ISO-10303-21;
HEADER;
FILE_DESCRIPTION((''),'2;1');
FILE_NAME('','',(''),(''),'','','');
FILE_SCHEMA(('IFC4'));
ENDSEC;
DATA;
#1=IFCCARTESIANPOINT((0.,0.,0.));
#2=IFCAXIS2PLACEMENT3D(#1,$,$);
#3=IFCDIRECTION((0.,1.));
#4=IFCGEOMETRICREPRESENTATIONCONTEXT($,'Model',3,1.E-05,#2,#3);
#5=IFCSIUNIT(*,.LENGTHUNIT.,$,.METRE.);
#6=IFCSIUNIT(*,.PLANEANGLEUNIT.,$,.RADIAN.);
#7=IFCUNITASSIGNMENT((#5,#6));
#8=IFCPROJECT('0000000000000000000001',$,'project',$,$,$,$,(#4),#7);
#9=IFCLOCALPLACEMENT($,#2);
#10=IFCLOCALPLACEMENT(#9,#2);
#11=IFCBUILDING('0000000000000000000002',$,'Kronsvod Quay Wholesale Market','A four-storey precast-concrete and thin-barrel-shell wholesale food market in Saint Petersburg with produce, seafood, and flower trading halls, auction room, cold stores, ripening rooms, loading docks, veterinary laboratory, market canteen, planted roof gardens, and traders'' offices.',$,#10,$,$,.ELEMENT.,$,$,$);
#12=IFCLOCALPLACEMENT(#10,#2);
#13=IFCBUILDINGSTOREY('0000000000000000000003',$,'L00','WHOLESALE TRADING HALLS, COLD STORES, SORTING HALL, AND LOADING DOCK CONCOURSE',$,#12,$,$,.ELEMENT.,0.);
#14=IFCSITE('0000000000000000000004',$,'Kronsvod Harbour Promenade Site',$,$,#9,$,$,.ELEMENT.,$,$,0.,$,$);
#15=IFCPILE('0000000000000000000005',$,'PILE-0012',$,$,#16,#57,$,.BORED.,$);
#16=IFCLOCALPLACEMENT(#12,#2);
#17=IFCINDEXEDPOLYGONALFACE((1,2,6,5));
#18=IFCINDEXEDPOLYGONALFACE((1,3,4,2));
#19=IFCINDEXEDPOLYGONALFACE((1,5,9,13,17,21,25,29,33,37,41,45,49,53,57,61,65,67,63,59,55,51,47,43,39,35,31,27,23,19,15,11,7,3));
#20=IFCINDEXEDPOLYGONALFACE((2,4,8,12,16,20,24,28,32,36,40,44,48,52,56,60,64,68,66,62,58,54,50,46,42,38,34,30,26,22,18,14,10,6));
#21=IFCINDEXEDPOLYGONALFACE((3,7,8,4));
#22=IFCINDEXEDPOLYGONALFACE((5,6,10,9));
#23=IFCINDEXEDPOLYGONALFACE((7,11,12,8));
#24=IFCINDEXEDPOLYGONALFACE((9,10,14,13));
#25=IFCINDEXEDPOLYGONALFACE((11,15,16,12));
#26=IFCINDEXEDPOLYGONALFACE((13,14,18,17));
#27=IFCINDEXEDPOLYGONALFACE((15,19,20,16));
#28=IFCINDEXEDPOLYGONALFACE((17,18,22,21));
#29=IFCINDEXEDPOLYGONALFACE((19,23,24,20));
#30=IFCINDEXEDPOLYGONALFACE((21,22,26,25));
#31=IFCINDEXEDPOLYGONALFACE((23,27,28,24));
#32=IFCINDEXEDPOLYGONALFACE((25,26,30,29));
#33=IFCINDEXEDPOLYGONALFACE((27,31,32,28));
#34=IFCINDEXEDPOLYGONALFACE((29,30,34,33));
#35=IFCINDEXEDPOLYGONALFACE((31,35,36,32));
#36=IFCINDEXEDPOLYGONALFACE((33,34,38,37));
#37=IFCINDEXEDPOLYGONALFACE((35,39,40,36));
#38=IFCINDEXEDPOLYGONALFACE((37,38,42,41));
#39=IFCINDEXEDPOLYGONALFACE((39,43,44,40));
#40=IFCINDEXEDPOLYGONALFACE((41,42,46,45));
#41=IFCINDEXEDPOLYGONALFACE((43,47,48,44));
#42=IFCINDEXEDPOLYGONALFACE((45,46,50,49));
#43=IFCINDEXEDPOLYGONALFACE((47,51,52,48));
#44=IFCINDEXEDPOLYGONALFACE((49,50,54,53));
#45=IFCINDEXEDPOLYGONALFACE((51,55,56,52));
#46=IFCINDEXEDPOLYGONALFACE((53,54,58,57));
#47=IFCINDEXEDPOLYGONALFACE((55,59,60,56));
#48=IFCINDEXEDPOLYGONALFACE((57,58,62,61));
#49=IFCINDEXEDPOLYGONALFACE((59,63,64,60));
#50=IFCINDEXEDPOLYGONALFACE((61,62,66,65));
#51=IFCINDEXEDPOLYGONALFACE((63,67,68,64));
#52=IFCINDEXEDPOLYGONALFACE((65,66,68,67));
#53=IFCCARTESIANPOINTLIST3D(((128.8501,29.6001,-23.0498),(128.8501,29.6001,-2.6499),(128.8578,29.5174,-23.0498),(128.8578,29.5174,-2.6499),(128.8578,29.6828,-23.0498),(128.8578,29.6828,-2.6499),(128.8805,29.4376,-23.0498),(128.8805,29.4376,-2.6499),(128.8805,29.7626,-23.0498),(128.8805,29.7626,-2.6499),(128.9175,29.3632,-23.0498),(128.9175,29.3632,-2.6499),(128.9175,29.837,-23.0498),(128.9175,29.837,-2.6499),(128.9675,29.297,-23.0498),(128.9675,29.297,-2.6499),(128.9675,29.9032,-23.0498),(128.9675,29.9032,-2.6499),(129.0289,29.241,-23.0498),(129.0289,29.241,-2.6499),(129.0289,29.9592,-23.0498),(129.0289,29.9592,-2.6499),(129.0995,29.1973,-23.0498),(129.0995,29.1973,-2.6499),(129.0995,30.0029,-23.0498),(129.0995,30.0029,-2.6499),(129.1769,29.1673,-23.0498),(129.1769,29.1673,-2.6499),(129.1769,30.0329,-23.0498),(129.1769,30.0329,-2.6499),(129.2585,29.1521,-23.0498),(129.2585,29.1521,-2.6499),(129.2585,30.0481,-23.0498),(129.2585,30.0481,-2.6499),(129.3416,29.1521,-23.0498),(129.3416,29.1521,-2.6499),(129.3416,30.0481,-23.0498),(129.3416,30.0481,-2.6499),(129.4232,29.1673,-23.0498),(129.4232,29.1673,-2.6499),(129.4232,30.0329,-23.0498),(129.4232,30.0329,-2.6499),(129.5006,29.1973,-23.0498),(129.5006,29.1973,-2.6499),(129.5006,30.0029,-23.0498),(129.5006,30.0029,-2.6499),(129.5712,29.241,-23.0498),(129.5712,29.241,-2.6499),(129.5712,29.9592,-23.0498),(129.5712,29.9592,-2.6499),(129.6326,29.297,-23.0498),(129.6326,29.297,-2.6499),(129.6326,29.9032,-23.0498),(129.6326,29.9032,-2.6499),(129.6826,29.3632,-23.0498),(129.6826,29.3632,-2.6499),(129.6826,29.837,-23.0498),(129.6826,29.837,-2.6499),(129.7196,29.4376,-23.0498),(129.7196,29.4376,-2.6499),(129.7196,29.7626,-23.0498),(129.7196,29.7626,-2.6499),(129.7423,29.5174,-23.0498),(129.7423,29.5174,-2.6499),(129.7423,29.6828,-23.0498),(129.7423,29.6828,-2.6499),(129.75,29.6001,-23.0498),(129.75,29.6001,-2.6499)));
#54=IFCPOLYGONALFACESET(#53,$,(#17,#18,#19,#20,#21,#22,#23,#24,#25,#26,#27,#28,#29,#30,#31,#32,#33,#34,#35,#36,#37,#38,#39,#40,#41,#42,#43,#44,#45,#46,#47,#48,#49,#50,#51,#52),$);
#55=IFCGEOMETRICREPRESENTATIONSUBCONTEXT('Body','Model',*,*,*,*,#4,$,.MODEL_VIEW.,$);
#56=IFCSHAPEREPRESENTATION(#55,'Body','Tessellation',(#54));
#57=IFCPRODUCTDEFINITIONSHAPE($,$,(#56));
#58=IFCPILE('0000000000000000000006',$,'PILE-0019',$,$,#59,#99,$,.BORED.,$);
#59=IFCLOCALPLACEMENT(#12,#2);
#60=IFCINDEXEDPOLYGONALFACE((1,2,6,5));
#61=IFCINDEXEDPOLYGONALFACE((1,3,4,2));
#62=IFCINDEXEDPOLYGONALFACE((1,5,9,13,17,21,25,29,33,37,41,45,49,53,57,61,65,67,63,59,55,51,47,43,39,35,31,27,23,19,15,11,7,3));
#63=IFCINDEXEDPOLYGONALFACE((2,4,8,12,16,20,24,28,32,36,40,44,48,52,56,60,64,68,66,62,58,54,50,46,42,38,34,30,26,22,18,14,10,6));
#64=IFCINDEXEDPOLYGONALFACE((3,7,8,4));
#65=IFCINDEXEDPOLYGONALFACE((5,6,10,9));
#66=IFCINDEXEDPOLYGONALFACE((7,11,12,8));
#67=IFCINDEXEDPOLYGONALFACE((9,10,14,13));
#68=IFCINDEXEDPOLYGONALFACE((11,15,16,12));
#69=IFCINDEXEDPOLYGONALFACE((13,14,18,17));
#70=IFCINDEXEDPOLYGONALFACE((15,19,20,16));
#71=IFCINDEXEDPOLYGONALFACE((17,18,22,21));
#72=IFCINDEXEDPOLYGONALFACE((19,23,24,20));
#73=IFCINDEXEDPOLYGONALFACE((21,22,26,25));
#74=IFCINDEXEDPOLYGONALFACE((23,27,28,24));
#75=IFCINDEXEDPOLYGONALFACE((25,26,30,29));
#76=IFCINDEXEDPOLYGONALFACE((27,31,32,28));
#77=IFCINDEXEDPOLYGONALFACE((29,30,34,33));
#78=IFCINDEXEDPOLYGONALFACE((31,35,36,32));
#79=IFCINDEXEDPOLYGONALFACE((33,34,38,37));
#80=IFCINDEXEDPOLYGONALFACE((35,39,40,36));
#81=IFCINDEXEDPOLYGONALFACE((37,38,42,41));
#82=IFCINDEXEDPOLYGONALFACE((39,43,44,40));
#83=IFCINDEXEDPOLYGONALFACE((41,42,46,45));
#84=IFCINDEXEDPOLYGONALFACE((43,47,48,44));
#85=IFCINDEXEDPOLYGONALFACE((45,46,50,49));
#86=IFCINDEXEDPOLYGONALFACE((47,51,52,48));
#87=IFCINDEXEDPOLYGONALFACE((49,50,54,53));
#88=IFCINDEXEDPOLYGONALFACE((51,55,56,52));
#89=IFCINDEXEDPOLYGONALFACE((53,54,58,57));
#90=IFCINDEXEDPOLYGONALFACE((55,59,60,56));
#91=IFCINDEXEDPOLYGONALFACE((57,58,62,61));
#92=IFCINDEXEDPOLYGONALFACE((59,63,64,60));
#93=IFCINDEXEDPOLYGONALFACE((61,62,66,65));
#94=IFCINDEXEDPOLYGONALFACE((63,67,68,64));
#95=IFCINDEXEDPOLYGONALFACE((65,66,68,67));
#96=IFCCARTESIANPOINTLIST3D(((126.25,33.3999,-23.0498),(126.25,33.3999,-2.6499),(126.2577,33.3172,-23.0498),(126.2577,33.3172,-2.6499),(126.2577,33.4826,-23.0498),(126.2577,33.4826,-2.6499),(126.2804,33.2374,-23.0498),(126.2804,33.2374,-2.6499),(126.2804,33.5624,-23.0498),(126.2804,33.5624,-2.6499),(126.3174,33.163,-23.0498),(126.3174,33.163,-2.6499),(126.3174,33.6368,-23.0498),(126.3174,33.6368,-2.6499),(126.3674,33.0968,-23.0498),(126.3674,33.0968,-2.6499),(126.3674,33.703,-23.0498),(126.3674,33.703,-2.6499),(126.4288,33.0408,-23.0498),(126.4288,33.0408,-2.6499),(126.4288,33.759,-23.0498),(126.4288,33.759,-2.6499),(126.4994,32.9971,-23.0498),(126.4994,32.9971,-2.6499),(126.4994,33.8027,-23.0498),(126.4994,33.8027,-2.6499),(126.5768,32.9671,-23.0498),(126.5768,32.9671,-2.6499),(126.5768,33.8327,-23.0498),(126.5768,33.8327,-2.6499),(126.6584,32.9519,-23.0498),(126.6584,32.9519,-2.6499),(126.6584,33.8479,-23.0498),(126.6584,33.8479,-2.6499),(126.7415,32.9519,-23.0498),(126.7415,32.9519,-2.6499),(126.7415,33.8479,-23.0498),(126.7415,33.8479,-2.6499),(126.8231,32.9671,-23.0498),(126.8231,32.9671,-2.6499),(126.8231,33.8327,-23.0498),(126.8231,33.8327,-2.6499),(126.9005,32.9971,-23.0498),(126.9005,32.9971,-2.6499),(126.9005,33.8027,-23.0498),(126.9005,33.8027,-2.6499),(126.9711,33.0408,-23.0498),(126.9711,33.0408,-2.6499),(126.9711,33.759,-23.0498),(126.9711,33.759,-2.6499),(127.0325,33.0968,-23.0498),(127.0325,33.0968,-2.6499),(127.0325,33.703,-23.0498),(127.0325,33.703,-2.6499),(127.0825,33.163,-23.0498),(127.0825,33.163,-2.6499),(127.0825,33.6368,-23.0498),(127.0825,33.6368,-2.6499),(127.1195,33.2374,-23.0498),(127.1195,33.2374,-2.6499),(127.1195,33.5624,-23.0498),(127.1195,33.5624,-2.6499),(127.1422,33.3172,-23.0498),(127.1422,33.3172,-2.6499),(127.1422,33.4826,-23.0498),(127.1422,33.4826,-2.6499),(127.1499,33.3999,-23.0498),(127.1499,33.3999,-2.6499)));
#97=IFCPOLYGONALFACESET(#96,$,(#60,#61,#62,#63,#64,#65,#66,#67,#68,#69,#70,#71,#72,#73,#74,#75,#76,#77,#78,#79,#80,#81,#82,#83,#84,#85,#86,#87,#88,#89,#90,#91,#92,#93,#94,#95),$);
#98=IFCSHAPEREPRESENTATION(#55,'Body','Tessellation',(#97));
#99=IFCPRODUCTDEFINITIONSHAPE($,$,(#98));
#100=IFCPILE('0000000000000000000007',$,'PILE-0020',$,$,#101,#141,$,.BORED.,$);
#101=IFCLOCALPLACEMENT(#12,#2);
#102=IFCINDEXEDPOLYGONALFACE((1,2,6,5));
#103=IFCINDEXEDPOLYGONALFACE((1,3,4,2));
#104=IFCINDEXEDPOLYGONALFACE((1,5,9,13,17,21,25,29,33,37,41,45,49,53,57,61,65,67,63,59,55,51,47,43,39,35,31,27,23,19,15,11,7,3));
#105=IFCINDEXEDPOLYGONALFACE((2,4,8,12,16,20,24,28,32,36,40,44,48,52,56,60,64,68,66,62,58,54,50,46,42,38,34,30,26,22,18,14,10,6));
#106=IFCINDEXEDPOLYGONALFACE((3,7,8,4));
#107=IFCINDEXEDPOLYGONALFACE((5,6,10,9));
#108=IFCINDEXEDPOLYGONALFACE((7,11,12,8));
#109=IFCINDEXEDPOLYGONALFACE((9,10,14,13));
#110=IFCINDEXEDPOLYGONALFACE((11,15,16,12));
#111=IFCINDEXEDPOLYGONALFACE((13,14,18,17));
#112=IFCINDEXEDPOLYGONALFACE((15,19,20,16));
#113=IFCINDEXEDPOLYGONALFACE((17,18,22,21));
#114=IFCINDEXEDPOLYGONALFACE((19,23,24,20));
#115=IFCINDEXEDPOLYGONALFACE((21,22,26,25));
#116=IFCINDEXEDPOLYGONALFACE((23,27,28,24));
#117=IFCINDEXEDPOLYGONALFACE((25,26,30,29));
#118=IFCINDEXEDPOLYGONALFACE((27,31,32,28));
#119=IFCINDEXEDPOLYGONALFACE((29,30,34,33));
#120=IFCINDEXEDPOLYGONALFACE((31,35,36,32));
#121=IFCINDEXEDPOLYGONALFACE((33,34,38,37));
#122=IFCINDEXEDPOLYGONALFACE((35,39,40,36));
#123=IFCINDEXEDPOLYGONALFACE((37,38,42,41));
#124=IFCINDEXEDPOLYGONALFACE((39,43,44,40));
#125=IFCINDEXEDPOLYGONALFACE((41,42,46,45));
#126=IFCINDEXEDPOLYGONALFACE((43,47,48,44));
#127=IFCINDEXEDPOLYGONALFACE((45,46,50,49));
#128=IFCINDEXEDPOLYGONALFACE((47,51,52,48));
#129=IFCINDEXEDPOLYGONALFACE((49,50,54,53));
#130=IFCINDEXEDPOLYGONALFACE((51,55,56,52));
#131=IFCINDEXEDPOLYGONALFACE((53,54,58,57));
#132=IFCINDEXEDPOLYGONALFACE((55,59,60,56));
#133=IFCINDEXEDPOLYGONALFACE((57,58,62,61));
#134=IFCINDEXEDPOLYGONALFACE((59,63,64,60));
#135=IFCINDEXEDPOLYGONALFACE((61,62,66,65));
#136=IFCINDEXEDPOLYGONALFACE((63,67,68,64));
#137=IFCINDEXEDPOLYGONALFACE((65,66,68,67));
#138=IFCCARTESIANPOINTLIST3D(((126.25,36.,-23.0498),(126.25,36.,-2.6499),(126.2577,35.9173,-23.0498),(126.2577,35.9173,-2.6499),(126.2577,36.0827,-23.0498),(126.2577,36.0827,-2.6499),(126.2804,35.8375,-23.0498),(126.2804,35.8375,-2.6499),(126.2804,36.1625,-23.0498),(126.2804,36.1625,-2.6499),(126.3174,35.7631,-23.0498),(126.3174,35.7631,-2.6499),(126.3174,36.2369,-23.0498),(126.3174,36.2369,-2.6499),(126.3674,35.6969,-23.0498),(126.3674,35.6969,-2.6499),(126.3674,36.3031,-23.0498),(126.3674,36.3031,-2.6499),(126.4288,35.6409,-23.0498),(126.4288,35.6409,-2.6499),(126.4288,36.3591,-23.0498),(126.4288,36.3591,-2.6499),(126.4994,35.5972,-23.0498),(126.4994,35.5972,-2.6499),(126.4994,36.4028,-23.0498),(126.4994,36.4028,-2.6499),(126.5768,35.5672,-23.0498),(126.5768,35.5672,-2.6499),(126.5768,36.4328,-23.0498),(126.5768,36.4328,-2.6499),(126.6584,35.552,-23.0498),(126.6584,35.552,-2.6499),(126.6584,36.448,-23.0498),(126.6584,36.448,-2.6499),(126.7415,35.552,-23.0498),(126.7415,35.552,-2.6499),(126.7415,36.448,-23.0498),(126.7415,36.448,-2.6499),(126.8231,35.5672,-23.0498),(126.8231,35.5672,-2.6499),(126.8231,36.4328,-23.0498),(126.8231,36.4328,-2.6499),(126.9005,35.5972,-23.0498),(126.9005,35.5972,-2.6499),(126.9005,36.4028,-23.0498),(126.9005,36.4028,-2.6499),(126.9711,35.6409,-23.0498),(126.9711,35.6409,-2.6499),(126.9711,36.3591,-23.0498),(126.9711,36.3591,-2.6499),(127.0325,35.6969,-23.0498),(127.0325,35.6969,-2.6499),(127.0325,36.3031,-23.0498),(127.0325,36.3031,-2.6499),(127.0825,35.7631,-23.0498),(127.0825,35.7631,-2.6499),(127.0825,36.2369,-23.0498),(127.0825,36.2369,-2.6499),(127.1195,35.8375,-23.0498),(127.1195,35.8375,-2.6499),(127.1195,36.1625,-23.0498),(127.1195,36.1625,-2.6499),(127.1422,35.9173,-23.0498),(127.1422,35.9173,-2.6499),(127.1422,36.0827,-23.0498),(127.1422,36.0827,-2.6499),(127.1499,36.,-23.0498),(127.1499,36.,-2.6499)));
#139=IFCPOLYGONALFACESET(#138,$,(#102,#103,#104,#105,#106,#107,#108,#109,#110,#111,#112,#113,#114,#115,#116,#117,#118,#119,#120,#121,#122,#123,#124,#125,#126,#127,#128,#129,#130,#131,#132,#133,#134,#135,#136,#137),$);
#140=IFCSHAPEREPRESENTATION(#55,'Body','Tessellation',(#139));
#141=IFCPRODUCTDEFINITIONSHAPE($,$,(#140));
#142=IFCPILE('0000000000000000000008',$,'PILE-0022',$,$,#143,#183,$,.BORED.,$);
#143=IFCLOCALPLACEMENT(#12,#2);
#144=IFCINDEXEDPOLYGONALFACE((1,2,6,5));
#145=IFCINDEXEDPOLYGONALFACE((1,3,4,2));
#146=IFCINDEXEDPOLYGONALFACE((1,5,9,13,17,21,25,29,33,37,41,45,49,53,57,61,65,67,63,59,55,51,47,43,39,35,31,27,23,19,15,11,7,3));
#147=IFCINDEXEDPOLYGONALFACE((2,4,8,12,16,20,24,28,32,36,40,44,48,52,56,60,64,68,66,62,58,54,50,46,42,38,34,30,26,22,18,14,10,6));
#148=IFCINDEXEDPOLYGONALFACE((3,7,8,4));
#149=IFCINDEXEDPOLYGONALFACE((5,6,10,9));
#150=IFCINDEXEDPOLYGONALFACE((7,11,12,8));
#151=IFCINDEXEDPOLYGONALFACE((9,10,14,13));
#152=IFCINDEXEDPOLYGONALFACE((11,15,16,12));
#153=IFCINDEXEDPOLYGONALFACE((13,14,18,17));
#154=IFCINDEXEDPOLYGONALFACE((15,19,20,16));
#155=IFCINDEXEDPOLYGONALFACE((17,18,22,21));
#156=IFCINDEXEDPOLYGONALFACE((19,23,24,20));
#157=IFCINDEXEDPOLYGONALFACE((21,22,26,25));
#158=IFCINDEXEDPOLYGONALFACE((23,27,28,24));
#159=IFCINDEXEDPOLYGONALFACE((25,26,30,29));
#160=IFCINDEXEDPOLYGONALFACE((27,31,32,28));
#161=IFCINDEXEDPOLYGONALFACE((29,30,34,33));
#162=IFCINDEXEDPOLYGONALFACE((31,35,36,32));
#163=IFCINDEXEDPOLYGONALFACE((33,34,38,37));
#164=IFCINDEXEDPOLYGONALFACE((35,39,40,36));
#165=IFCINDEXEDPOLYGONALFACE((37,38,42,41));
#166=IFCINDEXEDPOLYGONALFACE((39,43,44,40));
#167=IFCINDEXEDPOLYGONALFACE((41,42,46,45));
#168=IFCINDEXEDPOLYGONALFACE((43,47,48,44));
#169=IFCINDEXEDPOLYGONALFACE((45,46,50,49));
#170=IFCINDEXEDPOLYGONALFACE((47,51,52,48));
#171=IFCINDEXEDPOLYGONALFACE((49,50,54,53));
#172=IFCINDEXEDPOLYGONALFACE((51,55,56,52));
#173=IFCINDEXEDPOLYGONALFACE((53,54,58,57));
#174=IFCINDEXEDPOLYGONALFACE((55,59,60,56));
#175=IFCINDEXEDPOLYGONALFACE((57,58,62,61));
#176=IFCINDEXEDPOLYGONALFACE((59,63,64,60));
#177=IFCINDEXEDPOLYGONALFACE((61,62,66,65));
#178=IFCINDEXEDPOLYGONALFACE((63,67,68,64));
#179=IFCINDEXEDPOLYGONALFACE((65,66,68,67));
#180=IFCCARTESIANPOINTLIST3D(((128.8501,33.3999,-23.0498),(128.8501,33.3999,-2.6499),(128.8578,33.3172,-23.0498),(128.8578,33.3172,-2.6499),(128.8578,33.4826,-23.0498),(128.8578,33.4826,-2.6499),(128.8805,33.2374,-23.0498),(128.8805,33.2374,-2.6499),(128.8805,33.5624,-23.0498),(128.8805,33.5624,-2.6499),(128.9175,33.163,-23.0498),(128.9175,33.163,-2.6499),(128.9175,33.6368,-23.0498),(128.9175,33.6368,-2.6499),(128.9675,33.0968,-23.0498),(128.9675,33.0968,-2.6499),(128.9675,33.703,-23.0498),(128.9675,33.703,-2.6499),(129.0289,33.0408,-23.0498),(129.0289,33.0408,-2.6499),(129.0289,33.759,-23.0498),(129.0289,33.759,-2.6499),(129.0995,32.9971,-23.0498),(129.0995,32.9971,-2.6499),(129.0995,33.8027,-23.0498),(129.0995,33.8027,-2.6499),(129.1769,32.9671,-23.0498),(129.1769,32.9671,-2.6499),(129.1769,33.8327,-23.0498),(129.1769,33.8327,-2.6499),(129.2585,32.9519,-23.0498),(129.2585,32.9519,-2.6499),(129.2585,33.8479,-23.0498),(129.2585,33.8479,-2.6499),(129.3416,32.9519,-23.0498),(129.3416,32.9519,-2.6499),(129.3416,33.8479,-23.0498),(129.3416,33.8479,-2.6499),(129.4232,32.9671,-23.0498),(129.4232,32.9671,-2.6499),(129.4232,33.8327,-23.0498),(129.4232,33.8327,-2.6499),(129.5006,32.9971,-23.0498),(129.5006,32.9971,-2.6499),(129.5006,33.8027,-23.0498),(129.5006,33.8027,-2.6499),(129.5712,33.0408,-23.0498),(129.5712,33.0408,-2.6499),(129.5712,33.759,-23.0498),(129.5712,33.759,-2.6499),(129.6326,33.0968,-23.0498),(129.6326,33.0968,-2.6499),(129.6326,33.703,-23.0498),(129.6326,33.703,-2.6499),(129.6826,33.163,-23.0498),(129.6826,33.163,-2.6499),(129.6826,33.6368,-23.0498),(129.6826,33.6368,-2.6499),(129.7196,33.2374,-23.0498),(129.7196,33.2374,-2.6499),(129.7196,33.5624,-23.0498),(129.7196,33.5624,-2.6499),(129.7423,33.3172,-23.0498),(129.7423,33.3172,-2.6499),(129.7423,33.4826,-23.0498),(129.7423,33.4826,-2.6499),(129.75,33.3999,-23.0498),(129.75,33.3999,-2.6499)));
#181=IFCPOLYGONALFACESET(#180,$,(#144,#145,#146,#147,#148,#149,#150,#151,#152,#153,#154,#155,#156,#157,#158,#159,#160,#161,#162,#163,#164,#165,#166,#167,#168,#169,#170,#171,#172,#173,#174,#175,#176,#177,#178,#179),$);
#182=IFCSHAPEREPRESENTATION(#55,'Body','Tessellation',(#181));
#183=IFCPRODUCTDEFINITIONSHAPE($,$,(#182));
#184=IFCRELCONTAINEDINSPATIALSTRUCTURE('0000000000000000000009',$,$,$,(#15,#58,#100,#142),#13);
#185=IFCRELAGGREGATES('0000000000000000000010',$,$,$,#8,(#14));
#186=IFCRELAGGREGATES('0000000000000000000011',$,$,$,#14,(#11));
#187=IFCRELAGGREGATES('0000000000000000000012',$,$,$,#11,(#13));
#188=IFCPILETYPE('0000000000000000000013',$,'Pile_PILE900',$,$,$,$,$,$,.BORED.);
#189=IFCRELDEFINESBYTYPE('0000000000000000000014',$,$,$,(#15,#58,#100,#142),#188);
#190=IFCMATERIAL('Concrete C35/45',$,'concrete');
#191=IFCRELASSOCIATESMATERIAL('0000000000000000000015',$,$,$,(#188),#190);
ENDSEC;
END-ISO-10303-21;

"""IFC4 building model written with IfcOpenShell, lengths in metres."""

from ifc_helpers import new_model, si_unit, direction, frame, origin, origin_2d, place, context, subcontext, project, spatial, circle, extrude, material, material_profile, profile_set, type_object, element, save


model = new_model("IFC4")

# Units and contexts
model_context = context("Model", 3, precision=1e-05, world=origin(), true_north=direction((0.0, 1.0)))
body_context = subcontext(model_context, "Body", "Model", "MODEL_VIEW")
ifc_project = project(units=[si_unit("LENGTHUNIT", "METRE"), si_unit("PLANEANGLEUNIT", "RADIAN")], contexts=[model_context])

# Site, building, storey
site_placement = place(None, origin())
site = spatial("IfcSite", under=ifc_project, at=site_placement, Name="Kronsvod Harbour Promenade Site", CompositionType="ELEMENT", RefElevation=0.0)
building_placement = place(site_placement, origin())
building = spatial("IfcBuilding", under=site, at=building_placement, Name="Kronsvod Quay Wholesale Market", Description="A four-storey precast-concrete and thin-barrel-shell wholesale food market in Saint Petersburg with produce, seafood, and flower trading halls, auction room, cold stores, ripening rooms, loading docks, veterinary laboratory, market canteen, planted roof gardens, and traders' offices.", CompositionType="ELEMENT")
storey_placement = place(building_placement, origin())
storey = spatial("IfcBuildingStorey", under=building, at=storey_placement, Name="L00", Description="WHOLESALE TRADING HALLS, COLD STORES, SORTING HALL, AND LOADING DOCK CONCOURSE", CompositionType="ELEMENT", Elevation=0.0)

# Piles
ifc_material_1 = material(Name="Concrete C35/45", Category="concrete")
ifc_material_profile_1 = material_profile(ifc_material_1, circle(Radius=0.45, at=origin_2d()), Name="PILE900")
ifc_profile_set_1 = profile_set([ifc_material_profile_1], Name="Concrete C35/45")
pile_type_1 = type_object("IfcPileType", Name="Pile_PILE900", PredefinedType="BORED", material=ifc_profile_set_1)
for number, where, z_axis, x_axis, name in (
    (1, (129.3, 29.6001, -2.6499), (0.0, 0.0, -1.0), (1.0, 0.0, 0.0), "PILE-0012"),
    (2, (126.7, 33.3999, -2.6499), (0.0, 0.0, -1.0), (1.0, 0.0, 0.0), "PILE-0019"),
    (3, (126.7, 36.0, -2.6499), (0.0, 0.0, -1.0), (1.0, 0.0, 0.0), "PILE-0020"),
    (4, (129.3, 33.3999, -2.6499), (0.0, 0.0, -1.0), (1.0, 0.0, 0.0), "PILE-0022"),
):
    element("IfcPile", number, at=place(storey_placement, frame(where, z_axis=z_axis, x_axis=x_axis)), inside=storey, type_object=pile_type_1, Name=name, PredefinedType="BORED", context=body_context, shape_type="SweptSolid", body=[
        extrude(circle(Radius=0.45, at=origin_2d()), origin(), (0.0, 0.0, 1.0), 20.3999),
    ])

save(model, "model.ifc")
